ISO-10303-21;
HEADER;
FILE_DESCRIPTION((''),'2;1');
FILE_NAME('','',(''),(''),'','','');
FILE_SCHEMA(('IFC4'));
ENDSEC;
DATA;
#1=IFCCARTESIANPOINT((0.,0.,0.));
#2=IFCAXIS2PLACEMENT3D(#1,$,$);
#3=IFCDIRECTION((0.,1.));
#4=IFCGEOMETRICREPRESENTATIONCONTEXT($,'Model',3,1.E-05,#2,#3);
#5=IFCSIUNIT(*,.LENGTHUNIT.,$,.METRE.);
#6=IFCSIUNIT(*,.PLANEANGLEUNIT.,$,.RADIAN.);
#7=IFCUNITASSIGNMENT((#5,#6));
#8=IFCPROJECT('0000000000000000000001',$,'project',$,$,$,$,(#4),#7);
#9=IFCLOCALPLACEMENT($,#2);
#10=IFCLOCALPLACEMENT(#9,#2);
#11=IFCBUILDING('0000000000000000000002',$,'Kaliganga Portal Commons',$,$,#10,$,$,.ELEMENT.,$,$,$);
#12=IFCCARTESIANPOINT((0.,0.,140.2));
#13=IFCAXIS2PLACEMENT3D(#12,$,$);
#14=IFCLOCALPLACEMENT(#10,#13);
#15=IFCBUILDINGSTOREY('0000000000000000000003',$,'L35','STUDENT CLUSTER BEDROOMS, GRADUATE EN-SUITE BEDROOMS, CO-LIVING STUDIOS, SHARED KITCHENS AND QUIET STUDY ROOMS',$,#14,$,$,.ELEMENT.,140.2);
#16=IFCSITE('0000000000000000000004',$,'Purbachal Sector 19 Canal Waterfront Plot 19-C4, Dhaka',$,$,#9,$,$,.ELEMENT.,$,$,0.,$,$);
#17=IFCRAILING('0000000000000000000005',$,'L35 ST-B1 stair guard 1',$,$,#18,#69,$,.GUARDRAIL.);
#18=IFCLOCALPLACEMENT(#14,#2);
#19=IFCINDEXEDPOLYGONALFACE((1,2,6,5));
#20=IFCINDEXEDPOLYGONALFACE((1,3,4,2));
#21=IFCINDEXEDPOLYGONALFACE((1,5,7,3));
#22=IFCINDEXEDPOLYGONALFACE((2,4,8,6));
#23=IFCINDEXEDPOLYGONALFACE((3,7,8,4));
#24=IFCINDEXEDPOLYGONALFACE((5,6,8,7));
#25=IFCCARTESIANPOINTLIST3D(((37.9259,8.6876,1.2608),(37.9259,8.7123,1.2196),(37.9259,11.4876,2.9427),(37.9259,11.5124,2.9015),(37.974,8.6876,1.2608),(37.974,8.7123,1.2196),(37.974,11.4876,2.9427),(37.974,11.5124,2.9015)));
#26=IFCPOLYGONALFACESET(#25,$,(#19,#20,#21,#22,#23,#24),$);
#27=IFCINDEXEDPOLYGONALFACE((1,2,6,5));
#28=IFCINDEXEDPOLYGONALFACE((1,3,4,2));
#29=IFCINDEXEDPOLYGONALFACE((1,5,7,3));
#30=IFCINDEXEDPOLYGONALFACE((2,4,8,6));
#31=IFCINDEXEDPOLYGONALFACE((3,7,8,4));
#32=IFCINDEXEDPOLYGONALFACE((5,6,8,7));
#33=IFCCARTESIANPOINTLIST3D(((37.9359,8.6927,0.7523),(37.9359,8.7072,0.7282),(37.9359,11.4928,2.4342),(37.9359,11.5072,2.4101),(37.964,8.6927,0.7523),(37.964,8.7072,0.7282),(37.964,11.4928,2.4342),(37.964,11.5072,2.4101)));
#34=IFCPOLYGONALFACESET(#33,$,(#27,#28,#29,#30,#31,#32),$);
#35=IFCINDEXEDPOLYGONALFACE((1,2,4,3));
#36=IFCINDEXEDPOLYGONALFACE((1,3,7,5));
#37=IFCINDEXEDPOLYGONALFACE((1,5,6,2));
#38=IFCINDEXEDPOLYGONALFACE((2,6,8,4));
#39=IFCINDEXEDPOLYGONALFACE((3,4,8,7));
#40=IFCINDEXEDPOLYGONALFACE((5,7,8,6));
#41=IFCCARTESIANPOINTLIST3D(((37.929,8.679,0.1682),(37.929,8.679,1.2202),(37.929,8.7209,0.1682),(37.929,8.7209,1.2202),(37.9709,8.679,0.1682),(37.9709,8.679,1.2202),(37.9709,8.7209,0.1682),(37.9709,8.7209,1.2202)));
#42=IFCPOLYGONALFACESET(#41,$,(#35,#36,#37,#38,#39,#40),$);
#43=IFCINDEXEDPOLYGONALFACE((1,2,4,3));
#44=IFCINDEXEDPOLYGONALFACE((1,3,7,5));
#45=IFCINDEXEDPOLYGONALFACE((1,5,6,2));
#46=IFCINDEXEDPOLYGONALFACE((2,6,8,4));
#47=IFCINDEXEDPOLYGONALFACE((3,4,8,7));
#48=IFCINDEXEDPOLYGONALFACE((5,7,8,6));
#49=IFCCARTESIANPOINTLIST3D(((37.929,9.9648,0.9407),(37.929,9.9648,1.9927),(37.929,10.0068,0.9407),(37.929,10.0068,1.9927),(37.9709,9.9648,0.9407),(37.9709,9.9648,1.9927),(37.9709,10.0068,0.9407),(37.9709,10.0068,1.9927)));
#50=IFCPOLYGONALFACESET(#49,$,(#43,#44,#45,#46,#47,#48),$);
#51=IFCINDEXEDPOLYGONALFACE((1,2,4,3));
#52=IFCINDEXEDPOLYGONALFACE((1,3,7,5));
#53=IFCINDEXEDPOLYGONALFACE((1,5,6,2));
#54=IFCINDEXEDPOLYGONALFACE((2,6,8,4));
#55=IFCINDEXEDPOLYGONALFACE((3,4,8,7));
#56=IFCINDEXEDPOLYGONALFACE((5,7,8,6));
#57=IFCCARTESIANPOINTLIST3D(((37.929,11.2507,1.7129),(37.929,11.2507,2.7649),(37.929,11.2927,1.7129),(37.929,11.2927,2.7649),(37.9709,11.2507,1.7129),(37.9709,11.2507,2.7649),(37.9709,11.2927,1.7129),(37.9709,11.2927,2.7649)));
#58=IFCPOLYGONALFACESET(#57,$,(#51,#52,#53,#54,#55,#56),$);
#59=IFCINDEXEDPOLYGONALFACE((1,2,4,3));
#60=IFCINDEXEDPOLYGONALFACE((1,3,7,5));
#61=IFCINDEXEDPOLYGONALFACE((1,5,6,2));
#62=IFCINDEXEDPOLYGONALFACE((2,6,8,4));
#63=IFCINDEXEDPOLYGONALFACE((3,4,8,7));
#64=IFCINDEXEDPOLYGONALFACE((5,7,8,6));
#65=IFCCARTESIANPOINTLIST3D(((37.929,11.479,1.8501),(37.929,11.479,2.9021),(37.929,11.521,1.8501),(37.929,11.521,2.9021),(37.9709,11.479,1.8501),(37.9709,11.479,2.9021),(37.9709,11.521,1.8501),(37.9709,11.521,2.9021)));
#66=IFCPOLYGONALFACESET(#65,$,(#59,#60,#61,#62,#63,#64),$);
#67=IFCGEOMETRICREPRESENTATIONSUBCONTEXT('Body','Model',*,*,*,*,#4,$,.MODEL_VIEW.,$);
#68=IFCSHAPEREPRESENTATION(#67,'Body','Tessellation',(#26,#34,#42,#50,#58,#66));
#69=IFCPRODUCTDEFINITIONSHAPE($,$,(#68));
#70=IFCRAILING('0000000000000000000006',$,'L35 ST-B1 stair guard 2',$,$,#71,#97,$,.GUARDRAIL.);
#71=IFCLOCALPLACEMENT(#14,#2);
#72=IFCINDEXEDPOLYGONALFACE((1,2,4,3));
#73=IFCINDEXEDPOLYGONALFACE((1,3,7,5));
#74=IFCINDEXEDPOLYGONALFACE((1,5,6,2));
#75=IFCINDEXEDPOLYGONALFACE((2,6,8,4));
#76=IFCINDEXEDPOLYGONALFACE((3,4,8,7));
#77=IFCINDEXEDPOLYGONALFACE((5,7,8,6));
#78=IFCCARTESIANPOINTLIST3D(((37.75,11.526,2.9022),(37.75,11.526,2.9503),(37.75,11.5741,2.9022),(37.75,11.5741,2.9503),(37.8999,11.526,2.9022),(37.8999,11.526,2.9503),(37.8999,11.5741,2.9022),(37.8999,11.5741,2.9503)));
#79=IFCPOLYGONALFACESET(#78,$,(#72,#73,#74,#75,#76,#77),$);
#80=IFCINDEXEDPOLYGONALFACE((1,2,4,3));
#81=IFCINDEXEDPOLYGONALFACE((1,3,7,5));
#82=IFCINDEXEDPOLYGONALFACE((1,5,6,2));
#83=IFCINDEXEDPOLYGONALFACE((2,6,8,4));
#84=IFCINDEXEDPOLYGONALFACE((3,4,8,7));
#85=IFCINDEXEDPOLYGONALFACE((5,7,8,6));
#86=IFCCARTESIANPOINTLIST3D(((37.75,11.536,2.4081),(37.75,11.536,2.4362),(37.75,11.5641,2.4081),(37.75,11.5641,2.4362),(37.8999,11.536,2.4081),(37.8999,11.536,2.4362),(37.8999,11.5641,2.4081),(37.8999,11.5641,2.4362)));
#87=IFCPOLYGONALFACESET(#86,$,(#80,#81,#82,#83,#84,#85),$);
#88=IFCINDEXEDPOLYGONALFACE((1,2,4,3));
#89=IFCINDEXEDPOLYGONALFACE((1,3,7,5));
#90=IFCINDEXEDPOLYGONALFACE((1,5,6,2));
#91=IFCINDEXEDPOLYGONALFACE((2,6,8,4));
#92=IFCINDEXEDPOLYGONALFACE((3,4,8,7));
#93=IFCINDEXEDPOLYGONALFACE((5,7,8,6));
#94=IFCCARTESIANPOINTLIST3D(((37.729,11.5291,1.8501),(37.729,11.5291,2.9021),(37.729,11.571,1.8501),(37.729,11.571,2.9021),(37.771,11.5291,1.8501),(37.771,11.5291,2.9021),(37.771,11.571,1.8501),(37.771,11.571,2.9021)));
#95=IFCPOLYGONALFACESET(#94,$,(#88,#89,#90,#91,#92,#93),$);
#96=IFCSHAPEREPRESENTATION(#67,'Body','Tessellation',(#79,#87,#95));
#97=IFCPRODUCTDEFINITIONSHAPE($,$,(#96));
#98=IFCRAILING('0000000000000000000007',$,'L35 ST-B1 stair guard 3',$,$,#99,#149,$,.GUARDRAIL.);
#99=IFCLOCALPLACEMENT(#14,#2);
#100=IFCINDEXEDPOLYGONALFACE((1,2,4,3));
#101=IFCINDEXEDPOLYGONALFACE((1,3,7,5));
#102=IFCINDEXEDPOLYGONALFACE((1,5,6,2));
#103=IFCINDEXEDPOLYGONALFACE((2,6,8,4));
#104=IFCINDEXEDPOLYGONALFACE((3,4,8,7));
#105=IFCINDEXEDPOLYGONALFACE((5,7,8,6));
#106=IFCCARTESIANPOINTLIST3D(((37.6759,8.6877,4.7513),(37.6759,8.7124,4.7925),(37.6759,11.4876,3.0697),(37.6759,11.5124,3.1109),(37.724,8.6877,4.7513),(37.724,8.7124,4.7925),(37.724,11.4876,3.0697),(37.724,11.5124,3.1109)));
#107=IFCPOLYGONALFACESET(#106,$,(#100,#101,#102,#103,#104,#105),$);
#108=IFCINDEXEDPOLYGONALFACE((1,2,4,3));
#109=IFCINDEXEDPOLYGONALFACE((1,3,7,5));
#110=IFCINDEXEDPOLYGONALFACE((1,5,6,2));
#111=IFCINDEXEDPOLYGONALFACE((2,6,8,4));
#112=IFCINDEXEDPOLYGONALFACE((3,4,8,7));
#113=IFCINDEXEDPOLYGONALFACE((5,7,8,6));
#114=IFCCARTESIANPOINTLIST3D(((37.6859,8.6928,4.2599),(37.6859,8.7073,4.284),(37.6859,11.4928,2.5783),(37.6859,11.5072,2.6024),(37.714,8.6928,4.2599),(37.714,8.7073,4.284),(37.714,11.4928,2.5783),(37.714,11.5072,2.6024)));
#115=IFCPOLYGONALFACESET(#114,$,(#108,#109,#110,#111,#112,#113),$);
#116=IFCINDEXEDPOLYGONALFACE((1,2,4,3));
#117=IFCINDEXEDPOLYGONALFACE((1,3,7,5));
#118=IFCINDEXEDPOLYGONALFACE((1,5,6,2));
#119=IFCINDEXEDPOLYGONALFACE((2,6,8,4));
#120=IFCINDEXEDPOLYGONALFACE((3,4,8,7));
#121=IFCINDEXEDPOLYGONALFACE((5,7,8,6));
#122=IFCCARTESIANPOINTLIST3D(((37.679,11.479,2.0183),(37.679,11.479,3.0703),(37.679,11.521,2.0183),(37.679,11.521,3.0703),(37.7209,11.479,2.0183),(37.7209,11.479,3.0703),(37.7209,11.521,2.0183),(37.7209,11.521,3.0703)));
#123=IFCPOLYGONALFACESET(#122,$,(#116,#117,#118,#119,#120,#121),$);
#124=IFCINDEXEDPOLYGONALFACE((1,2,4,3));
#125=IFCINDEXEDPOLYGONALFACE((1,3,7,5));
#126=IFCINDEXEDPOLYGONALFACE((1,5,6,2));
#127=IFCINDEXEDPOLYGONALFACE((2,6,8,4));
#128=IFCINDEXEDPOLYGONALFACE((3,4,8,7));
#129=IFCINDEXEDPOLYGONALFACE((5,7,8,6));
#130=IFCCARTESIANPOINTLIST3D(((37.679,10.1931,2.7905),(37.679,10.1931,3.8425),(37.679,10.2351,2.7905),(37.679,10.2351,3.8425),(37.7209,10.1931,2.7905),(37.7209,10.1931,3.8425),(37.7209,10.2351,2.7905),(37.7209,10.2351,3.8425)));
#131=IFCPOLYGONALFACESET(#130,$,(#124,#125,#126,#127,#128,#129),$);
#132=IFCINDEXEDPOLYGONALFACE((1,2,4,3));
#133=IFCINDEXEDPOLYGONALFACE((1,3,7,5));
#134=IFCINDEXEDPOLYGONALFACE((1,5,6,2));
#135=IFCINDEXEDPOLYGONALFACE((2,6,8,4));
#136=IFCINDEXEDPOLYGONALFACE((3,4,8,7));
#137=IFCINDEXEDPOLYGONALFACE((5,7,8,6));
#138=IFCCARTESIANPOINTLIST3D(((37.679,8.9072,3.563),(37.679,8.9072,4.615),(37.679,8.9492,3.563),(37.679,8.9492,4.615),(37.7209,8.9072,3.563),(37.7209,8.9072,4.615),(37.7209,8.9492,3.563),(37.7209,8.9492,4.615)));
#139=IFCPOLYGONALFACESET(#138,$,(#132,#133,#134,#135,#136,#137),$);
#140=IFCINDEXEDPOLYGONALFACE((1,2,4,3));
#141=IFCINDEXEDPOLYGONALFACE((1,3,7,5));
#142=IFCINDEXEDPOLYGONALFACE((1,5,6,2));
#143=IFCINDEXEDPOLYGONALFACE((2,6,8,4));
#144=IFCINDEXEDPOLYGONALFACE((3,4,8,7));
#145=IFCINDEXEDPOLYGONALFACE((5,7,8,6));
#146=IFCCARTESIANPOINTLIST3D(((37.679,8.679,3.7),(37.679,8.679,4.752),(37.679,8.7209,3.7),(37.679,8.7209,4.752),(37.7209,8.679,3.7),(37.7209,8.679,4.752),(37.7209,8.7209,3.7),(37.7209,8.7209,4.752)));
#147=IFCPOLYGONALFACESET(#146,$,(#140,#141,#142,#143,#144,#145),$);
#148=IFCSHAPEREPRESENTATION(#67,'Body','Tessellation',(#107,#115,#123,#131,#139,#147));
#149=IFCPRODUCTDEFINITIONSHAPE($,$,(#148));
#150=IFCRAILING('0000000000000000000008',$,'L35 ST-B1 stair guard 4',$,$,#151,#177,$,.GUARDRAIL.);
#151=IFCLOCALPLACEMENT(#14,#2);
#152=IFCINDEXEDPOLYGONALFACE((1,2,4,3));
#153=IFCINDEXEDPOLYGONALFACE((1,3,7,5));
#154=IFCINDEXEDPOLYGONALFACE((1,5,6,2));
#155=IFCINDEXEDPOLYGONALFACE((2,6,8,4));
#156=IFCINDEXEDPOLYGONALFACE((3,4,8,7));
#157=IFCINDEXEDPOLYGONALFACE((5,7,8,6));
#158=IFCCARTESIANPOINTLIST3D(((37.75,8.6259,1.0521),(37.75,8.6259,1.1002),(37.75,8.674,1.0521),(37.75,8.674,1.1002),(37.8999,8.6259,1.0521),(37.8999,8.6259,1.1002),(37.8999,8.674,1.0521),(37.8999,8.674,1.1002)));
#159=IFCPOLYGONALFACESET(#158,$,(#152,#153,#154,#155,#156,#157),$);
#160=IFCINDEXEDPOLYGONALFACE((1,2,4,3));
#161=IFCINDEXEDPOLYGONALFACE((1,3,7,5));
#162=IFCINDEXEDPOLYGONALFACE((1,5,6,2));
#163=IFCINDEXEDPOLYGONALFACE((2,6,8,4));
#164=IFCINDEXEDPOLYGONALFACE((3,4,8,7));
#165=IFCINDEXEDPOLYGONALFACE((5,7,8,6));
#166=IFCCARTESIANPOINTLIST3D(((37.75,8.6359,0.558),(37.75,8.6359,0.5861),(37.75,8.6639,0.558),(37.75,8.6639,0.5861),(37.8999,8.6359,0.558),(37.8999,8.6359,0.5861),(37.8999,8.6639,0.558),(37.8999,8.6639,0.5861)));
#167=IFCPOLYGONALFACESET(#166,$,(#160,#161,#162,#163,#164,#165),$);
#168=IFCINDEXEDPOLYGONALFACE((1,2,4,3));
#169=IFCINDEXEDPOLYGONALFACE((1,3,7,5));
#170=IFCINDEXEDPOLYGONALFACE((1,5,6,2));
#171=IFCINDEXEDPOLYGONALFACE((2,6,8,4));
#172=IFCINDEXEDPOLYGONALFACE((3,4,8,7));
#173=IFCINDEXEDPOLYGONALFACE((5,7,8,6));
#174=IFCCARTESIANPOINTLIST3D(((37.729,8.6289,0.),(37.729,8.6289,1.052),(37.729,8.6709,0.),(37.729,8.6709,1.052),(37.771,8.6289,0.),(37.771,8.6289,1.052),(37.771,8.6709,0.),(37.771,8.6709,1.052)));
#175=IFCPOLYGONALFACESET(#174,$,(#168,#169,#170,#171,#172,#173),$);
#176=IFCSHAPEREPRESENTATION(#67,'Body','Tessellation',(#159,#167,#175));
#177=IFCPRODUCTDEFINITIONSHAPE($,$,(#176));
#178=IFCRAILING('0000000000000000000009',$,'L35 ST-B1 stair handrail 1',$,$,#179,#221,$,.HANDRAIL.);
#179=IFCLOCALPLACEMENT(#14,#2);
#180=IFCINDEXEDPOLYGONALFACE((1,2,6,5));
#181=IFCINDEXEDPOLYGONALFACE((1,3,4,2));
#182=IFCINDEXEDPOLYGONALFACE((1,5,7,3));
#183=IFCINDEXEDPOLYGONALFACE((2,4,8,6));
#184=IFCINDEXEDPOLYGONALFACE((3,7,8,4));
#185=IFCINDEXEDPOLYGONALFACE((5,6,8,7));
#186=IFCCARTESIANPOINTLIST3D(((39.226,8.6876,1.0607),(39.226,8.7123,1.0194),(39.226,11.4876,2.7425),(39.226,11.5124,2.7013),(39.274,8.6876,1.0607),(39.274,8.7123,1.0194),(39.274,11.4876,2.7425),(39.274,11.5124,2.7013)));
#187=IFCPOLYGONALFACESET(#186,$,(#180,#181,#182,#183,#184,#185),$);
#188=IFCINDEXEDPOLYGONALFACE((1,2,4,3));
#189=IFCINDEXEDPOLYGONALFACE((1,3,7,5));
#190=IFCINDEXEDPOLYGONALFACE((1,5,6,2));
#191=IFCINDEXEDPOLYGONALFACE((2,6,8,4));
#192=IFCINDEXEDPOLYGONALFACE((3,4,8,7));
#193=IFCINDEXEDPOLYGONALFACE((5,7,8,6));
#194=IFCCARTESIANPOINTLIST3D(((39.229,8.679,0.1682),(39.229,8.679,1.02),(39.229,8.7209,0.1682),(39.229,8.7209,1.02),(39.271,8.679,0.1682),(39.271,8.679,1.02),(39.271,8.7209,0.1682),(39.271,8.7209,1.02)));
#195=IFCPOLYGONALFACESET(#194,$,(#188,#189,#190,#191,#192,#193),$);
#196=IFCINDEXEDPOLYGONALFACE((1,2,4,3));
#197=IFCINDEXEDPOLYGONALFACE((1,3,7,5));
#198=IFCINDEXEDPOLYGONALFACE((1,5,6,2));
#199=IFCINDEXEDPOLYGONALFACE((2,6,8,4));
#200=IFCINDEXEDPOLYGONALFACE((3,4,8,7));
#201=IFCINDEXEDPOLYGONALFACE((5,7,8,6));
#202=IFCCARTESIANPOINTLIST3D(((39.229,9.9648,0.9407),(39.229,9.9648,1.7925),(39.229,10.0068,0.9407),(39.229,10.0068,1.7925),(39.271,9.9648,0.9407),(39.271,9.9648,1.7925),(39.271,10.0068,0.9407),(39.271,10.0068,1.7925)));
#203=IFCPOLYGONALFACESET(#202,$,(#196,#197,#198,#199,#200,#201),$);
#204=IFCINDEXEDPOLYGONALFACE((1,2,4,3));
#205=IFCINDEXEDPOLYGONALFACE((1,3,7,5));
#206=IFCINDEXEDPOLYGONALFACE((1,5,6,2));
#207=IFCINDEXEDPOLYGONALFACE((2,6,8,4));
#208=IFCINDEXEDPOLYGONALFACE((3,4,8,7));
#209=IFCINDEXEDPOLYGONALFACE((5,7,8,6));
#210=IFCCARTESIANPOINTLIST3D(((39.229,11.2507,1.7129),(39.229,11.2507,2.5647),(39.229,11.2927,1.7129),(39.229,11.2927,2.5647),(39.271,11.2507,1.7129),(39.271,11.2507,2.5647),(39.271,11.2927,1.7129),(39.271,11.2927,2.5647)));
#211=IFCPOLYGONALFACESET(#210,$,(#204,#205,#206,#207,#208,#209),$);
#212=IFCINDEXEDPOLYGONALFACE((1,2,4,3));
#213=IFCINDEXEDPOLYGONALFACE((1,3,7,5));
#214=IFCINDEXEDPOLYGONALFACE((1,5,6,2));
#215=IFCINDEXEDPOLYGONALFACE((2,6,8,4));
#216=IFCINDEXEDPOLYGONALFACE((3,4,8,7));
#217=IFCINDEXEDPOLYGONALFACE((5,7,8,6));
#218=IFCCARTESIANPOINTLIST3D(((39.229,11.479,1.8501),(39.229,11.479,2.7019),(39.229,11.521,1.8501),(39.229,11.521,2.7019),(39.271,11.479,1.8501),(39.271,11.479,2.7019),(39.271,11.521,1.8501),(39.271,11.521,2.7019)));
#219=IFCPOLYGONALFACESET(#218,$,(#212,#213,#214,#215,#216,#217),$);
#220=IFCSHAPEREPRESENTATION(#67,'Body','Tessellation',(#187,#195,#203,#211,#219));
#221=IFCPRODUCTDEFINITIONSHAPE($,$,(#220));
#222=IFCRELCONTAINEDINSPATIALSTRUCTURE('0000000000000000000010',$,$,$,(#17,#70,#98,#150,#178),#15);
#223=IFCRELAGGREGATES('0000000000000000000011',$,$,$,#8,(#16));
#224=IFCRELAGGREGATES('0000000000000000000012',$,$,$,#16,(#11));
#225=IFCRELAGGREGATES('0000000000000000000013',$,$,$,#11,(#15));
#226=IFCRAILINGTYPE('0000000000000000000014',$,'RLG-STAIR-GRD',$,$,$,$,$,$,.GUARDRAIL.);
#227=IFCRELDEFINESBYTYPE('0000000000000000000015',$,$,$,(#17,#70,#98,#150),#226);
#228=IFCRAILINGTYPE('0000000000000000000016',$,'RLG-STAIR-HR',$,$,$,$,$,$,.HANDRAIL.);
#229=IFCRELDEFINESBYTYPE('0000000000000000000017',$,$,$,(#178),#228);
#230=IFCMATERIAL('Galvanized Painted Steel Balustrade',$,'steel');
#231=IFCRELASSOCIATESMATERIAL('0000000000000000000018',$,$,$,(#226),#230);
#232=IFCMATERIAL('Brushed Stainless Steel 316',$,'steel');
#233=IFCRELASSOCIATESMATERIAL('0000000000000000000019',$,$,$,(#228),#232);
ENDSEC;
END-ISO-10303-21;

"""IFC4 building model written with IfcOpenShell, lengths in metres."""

from ifc_helpers import new_model, si_unit, direction, frame, origin, origin_2d, place, context, subcontext, project, spatial, rectangle, extrude, material, type_object, element, save


model = new_model("IFC4")

# Units and contexts
model_context = context("Model", 3, precision=1e-05, world=origin(), true_north=direction((0.0, 1.0)))
body_context = subcontext(model_context, "Body", "Model", "MODEL_VIEW")
ifc_project = project(units=[si_unit("LENGTHUNIT", "METRE"), si_unit("PLANEANGLEUNIT", "RADIAN")], contexts=[model_context])

# Site, building, storey
site_placement = place(None, origin())
site = spatial("IfcSite", under=ifc_project, at=site_placement, Name="Purbachal Sector 19 Canal Waterfront Plot 19-C4, Dhaka", CompositionType="ELEMENT", RefElevation=0.0)
building_placement = place(site_placement, origin())
building = spatial("IfcBuilding", under=site, at=building_placement, Name="Kaliganga Portal Commons", CompositionType="ELEMENT")
storey_placement = place(building_placement, frame((0.0, 0.0, 140.2)))
storey = spatial("IfcBuildingStorey", under=building, at=storey_placement, Name="L35", Description="STUDENT CLUSTER BEDROOMS, GRADUATE EN-SUITE BEDROOMS, CO-LIVING STUDIOS, SHARED KITCHENS AND QUIET STUDY ROOMS", CompositionType="ELEMENT", Elevation=140.2)

# Railings
ifc_material_1 = material(Name="Galvanized Painted Steel Balustrade", Category="steel")
railing_type_1 = type_object("IfcRailingType", Name="RLG-STAIR-GRD", PredefinedType="GUARDRAIL", material=ifc_material_1)
railing_1_placement = place(storey_placement, frame((37.95, 8.7, 0.1682)))
element("IfcRailing", 1, at=railing_1_placement, inside=storey, type_object=railing_type_1, Name="L35 ST-B1 stair guard 1", PredefinedType="GUARDRAIL", context=body_context, shape_type="SweptSolid", body=[
    extrude(rectangle(XDim=0.0481, YDim=0.0481, at=origin_2d()), frame((0.0, 0.0, 1.072), z_axis=(0.0, 0.857242, 0.514913), x_axis=(-1.0, 0.0, 0.0)), (0.0, 0.0, 1.0), 3.2664),
    extrude(rectangle(XDim=0.0281, YDim=0.0281, at=origin_2d()), frame((0.0, 0.0, 0.572), z_axis=(0.0, 0.857242, 0.514913), x_axis=(-1.0, 0.0, 0.0)), (0.0, 0.0, 1.0), 3.2664),
    extrude(rectangle(XDim=0.042, YDim=0.042, at=origin_2d()), origin(), (0.0, 0.0, 1.0), 1.052),
    extrude(rectangle(XDim=0.042, YDim=0.042, at=origin_2d()), frame((0.0, 1.2859, 0.7725)), (0.0, 0.0, 1.0), 1.052),
    extrude(rectangle(XDim=0.042, YDim=0.042, at=origin_2d()), frame((0.0, 2.5718, 1.5447)), (0.0, 0.0, 1.0), 1.052),
    extrude(rectangle(XDim=0.042, YDim=0.042, at=origin_2d()), frame((0.0, 2.8, 1.6819)), (0.0, 0.0, 1.0), 1.052),
])
railing_2_placement = place(storey_placement, frame((37.8999, 11.55, 1.8501)))
element("IfcRailing", 2, at=railing_2_placement, inside=storey, type_object=railing_type_1, Name="L35 ST-B1 stair guard 2", PredefinedType="GUARDRAIL", context=body_context, shape_type="SweptSolid", body=[
    extrude(rectangle(XDim=0.0481, YDim=0.0481, at=origin_2d()), frame((0.0, 0.0, 1.0762), z_axis=(-1.0, 0.0, 0.0), x_axis=(0.0, -1.0, 0.0)), (0.0, 0.0, 1.0), 0.1499),
    extrude(rectangle(XDim=0.0281, YDim=0.0281, at=origin_2d()), frame((0.0, 0.0, 0.572), z_axis=(-1.0, 0.0, 0.0), x_axis=(0.0, -1.0, 0.0)), (0.0, 0.0, 1.0), 0.1499),
    extrude(rectangle(XDim=0.042, YDim=0.042, at=origin_2d()), frame((-0.1499, 0.0, 0.0)), (0.0, 0.0, 1.0), 1.052),
])
railing_3_placement = place(storey_placement, frame((37.7, 11.5, 2.0183)))
element("IfcRailing", 3, at=railing_3_placement, inside=storey, type_object=railing_type_1, Name="L35 ST-B1 stair guard 3", PredefinedType="GUARDRAIL", context=body_context, shape_type="SweptSolid", body=[
    extrude(rectangle(XDim=0.0481, YDim=0.0481, at=origin_2d()), frame((0.0, 0.0, 1.072), z_axis=(0.0, -0.857275, 0.514858), x_axis=(1.0, 0.0, 0.0)), (0.0, 0.0, 1.0), 3.2661),
    extrude(rectangle(XDim=0.0281, YDim=0.0281, at=origin_2d()), frame((0.0, 0.0, 0.572), z_axis=(0.0, -0.857275, 0.514858), x_axis=(1.0, 0.0, 0.0)), (0.0, 0.0, 1.0), 3.2661),
    extrude(rectangle(XDim=0.042, YDim=0.042, at=origin_2d()), origin(), (0.0, 0.0, 1.0), 1.052),
    extrude(rectangle(XDim=0.042, YDim=0.042, at=origin_2d()), frame((0.0, -1.2859, 0.7722)), (0.0, 0.0, 1.0), 1.052),
    extrude(rectangle(XDim=0.042, YDim=0.042, at=origin_2d()), frame((0.0, -2.5718, 1.5447)), (0.0, 0.0, 1.0), 1.052),
    extrude(rectangle(XDim=0.042, YDim=0.042, at=origin_2d()), frame((0.0, -2.8, 1.6816)), (0.0, 0.0, 1.0), 1.052),
])
railing_4_placement = place(storey_placement, frame((37.8999, 8.6499, 0.0)))
element("IfcRailing", 4, at=railing_4_placement, inside=storey, type_object=railing_type_1, Name="L35 ST-B1 stair guard 4", PredefinedType="GUARDRAIL", context=body_context, shape_type="SweptSolid", body=[
    extrude(rectangle(XDim=0.0481, YDim=0.0481, at=origin_2d()), frame((0.0, 0.0, 1.0762), z_axis=(-1.0, 0.0, 0.0), x_axis=(0.0, -1.0, 0.0)), (0.0, 0.0, 1.0), 0.1499),
    extrude(rectangle(XDim=0.0281, YDim=0.0281, at=origin_2d()), frame((0.0, 0.0, 0.572), z_axis=(-1.0, 0.0, 0.0), x_axis=(0.0, -1.0, 0.0)), (0.0, 0.0, 1.0), 0.1499),
    extrude(rectangle(XDim=0.042, YDim=0.042, at=origin_2d()), frame((-0.1499, 0.0, 0.0)), (0.0, 0.0, 1.0), 1.052),
])
ifc_material_2 = material(Name="Brushed Stainless Steel 316", Category="steel")
railing_type_2 = type_object("IfcRailingType", Name="RLG-STAIR-HR", PredefinedType="HANDRAIL", material=ifc_material_2)
railing_5_placement = place(storey_placement, frame((39.25, 8.7, 0.1682)))
element("IfcRailing", 5, at=railing_5_placement, inside=storey, type_object=railing_type_2, Name="L35 ST-B1 stair handrail 1", PredefinedType="HANDRAIL", context=body_context, shape_type="SweptSolid", body=[
    extrude(rectangle(XDim=0.0481, YDim=0.0481, at=origin_2d()), frame((0.0, 0.0, 0.8718), z_axis=(0.0, 0.857242, 0.514913), x_axis=(-1.0, 0.0, 0.0)), (0.0, 0.0, 1.0), 3.2664),
    extrude(rectangle(XDim=0.042, YDim=0.042, at=origin_2d()), origin(), (0.0, 0.0, 1.0), 0.8518),
    extrude(rectangle(XDim=0.042, YDim=0.042, at=origin_2d()), frame((0.0, 1.2859, 0.7725)), (0.0, 0.0, 1.0), 0.8518),
    extrude(rectangle(XDim=0.042, YDim=0.042, at=origin_2d()), frame((0.0, 2.5718, 1.5447)), (0.0, 0.0, 1.0), 0.8518),
    extrude(rectangle(XDim=0.042, YDim=0.042, at=origin_2d()), frame((0.0, 2.8, 1.6819)), (0.0, 0.0, 1.0), 0.8518),
])

save(model, "model.ifc")
